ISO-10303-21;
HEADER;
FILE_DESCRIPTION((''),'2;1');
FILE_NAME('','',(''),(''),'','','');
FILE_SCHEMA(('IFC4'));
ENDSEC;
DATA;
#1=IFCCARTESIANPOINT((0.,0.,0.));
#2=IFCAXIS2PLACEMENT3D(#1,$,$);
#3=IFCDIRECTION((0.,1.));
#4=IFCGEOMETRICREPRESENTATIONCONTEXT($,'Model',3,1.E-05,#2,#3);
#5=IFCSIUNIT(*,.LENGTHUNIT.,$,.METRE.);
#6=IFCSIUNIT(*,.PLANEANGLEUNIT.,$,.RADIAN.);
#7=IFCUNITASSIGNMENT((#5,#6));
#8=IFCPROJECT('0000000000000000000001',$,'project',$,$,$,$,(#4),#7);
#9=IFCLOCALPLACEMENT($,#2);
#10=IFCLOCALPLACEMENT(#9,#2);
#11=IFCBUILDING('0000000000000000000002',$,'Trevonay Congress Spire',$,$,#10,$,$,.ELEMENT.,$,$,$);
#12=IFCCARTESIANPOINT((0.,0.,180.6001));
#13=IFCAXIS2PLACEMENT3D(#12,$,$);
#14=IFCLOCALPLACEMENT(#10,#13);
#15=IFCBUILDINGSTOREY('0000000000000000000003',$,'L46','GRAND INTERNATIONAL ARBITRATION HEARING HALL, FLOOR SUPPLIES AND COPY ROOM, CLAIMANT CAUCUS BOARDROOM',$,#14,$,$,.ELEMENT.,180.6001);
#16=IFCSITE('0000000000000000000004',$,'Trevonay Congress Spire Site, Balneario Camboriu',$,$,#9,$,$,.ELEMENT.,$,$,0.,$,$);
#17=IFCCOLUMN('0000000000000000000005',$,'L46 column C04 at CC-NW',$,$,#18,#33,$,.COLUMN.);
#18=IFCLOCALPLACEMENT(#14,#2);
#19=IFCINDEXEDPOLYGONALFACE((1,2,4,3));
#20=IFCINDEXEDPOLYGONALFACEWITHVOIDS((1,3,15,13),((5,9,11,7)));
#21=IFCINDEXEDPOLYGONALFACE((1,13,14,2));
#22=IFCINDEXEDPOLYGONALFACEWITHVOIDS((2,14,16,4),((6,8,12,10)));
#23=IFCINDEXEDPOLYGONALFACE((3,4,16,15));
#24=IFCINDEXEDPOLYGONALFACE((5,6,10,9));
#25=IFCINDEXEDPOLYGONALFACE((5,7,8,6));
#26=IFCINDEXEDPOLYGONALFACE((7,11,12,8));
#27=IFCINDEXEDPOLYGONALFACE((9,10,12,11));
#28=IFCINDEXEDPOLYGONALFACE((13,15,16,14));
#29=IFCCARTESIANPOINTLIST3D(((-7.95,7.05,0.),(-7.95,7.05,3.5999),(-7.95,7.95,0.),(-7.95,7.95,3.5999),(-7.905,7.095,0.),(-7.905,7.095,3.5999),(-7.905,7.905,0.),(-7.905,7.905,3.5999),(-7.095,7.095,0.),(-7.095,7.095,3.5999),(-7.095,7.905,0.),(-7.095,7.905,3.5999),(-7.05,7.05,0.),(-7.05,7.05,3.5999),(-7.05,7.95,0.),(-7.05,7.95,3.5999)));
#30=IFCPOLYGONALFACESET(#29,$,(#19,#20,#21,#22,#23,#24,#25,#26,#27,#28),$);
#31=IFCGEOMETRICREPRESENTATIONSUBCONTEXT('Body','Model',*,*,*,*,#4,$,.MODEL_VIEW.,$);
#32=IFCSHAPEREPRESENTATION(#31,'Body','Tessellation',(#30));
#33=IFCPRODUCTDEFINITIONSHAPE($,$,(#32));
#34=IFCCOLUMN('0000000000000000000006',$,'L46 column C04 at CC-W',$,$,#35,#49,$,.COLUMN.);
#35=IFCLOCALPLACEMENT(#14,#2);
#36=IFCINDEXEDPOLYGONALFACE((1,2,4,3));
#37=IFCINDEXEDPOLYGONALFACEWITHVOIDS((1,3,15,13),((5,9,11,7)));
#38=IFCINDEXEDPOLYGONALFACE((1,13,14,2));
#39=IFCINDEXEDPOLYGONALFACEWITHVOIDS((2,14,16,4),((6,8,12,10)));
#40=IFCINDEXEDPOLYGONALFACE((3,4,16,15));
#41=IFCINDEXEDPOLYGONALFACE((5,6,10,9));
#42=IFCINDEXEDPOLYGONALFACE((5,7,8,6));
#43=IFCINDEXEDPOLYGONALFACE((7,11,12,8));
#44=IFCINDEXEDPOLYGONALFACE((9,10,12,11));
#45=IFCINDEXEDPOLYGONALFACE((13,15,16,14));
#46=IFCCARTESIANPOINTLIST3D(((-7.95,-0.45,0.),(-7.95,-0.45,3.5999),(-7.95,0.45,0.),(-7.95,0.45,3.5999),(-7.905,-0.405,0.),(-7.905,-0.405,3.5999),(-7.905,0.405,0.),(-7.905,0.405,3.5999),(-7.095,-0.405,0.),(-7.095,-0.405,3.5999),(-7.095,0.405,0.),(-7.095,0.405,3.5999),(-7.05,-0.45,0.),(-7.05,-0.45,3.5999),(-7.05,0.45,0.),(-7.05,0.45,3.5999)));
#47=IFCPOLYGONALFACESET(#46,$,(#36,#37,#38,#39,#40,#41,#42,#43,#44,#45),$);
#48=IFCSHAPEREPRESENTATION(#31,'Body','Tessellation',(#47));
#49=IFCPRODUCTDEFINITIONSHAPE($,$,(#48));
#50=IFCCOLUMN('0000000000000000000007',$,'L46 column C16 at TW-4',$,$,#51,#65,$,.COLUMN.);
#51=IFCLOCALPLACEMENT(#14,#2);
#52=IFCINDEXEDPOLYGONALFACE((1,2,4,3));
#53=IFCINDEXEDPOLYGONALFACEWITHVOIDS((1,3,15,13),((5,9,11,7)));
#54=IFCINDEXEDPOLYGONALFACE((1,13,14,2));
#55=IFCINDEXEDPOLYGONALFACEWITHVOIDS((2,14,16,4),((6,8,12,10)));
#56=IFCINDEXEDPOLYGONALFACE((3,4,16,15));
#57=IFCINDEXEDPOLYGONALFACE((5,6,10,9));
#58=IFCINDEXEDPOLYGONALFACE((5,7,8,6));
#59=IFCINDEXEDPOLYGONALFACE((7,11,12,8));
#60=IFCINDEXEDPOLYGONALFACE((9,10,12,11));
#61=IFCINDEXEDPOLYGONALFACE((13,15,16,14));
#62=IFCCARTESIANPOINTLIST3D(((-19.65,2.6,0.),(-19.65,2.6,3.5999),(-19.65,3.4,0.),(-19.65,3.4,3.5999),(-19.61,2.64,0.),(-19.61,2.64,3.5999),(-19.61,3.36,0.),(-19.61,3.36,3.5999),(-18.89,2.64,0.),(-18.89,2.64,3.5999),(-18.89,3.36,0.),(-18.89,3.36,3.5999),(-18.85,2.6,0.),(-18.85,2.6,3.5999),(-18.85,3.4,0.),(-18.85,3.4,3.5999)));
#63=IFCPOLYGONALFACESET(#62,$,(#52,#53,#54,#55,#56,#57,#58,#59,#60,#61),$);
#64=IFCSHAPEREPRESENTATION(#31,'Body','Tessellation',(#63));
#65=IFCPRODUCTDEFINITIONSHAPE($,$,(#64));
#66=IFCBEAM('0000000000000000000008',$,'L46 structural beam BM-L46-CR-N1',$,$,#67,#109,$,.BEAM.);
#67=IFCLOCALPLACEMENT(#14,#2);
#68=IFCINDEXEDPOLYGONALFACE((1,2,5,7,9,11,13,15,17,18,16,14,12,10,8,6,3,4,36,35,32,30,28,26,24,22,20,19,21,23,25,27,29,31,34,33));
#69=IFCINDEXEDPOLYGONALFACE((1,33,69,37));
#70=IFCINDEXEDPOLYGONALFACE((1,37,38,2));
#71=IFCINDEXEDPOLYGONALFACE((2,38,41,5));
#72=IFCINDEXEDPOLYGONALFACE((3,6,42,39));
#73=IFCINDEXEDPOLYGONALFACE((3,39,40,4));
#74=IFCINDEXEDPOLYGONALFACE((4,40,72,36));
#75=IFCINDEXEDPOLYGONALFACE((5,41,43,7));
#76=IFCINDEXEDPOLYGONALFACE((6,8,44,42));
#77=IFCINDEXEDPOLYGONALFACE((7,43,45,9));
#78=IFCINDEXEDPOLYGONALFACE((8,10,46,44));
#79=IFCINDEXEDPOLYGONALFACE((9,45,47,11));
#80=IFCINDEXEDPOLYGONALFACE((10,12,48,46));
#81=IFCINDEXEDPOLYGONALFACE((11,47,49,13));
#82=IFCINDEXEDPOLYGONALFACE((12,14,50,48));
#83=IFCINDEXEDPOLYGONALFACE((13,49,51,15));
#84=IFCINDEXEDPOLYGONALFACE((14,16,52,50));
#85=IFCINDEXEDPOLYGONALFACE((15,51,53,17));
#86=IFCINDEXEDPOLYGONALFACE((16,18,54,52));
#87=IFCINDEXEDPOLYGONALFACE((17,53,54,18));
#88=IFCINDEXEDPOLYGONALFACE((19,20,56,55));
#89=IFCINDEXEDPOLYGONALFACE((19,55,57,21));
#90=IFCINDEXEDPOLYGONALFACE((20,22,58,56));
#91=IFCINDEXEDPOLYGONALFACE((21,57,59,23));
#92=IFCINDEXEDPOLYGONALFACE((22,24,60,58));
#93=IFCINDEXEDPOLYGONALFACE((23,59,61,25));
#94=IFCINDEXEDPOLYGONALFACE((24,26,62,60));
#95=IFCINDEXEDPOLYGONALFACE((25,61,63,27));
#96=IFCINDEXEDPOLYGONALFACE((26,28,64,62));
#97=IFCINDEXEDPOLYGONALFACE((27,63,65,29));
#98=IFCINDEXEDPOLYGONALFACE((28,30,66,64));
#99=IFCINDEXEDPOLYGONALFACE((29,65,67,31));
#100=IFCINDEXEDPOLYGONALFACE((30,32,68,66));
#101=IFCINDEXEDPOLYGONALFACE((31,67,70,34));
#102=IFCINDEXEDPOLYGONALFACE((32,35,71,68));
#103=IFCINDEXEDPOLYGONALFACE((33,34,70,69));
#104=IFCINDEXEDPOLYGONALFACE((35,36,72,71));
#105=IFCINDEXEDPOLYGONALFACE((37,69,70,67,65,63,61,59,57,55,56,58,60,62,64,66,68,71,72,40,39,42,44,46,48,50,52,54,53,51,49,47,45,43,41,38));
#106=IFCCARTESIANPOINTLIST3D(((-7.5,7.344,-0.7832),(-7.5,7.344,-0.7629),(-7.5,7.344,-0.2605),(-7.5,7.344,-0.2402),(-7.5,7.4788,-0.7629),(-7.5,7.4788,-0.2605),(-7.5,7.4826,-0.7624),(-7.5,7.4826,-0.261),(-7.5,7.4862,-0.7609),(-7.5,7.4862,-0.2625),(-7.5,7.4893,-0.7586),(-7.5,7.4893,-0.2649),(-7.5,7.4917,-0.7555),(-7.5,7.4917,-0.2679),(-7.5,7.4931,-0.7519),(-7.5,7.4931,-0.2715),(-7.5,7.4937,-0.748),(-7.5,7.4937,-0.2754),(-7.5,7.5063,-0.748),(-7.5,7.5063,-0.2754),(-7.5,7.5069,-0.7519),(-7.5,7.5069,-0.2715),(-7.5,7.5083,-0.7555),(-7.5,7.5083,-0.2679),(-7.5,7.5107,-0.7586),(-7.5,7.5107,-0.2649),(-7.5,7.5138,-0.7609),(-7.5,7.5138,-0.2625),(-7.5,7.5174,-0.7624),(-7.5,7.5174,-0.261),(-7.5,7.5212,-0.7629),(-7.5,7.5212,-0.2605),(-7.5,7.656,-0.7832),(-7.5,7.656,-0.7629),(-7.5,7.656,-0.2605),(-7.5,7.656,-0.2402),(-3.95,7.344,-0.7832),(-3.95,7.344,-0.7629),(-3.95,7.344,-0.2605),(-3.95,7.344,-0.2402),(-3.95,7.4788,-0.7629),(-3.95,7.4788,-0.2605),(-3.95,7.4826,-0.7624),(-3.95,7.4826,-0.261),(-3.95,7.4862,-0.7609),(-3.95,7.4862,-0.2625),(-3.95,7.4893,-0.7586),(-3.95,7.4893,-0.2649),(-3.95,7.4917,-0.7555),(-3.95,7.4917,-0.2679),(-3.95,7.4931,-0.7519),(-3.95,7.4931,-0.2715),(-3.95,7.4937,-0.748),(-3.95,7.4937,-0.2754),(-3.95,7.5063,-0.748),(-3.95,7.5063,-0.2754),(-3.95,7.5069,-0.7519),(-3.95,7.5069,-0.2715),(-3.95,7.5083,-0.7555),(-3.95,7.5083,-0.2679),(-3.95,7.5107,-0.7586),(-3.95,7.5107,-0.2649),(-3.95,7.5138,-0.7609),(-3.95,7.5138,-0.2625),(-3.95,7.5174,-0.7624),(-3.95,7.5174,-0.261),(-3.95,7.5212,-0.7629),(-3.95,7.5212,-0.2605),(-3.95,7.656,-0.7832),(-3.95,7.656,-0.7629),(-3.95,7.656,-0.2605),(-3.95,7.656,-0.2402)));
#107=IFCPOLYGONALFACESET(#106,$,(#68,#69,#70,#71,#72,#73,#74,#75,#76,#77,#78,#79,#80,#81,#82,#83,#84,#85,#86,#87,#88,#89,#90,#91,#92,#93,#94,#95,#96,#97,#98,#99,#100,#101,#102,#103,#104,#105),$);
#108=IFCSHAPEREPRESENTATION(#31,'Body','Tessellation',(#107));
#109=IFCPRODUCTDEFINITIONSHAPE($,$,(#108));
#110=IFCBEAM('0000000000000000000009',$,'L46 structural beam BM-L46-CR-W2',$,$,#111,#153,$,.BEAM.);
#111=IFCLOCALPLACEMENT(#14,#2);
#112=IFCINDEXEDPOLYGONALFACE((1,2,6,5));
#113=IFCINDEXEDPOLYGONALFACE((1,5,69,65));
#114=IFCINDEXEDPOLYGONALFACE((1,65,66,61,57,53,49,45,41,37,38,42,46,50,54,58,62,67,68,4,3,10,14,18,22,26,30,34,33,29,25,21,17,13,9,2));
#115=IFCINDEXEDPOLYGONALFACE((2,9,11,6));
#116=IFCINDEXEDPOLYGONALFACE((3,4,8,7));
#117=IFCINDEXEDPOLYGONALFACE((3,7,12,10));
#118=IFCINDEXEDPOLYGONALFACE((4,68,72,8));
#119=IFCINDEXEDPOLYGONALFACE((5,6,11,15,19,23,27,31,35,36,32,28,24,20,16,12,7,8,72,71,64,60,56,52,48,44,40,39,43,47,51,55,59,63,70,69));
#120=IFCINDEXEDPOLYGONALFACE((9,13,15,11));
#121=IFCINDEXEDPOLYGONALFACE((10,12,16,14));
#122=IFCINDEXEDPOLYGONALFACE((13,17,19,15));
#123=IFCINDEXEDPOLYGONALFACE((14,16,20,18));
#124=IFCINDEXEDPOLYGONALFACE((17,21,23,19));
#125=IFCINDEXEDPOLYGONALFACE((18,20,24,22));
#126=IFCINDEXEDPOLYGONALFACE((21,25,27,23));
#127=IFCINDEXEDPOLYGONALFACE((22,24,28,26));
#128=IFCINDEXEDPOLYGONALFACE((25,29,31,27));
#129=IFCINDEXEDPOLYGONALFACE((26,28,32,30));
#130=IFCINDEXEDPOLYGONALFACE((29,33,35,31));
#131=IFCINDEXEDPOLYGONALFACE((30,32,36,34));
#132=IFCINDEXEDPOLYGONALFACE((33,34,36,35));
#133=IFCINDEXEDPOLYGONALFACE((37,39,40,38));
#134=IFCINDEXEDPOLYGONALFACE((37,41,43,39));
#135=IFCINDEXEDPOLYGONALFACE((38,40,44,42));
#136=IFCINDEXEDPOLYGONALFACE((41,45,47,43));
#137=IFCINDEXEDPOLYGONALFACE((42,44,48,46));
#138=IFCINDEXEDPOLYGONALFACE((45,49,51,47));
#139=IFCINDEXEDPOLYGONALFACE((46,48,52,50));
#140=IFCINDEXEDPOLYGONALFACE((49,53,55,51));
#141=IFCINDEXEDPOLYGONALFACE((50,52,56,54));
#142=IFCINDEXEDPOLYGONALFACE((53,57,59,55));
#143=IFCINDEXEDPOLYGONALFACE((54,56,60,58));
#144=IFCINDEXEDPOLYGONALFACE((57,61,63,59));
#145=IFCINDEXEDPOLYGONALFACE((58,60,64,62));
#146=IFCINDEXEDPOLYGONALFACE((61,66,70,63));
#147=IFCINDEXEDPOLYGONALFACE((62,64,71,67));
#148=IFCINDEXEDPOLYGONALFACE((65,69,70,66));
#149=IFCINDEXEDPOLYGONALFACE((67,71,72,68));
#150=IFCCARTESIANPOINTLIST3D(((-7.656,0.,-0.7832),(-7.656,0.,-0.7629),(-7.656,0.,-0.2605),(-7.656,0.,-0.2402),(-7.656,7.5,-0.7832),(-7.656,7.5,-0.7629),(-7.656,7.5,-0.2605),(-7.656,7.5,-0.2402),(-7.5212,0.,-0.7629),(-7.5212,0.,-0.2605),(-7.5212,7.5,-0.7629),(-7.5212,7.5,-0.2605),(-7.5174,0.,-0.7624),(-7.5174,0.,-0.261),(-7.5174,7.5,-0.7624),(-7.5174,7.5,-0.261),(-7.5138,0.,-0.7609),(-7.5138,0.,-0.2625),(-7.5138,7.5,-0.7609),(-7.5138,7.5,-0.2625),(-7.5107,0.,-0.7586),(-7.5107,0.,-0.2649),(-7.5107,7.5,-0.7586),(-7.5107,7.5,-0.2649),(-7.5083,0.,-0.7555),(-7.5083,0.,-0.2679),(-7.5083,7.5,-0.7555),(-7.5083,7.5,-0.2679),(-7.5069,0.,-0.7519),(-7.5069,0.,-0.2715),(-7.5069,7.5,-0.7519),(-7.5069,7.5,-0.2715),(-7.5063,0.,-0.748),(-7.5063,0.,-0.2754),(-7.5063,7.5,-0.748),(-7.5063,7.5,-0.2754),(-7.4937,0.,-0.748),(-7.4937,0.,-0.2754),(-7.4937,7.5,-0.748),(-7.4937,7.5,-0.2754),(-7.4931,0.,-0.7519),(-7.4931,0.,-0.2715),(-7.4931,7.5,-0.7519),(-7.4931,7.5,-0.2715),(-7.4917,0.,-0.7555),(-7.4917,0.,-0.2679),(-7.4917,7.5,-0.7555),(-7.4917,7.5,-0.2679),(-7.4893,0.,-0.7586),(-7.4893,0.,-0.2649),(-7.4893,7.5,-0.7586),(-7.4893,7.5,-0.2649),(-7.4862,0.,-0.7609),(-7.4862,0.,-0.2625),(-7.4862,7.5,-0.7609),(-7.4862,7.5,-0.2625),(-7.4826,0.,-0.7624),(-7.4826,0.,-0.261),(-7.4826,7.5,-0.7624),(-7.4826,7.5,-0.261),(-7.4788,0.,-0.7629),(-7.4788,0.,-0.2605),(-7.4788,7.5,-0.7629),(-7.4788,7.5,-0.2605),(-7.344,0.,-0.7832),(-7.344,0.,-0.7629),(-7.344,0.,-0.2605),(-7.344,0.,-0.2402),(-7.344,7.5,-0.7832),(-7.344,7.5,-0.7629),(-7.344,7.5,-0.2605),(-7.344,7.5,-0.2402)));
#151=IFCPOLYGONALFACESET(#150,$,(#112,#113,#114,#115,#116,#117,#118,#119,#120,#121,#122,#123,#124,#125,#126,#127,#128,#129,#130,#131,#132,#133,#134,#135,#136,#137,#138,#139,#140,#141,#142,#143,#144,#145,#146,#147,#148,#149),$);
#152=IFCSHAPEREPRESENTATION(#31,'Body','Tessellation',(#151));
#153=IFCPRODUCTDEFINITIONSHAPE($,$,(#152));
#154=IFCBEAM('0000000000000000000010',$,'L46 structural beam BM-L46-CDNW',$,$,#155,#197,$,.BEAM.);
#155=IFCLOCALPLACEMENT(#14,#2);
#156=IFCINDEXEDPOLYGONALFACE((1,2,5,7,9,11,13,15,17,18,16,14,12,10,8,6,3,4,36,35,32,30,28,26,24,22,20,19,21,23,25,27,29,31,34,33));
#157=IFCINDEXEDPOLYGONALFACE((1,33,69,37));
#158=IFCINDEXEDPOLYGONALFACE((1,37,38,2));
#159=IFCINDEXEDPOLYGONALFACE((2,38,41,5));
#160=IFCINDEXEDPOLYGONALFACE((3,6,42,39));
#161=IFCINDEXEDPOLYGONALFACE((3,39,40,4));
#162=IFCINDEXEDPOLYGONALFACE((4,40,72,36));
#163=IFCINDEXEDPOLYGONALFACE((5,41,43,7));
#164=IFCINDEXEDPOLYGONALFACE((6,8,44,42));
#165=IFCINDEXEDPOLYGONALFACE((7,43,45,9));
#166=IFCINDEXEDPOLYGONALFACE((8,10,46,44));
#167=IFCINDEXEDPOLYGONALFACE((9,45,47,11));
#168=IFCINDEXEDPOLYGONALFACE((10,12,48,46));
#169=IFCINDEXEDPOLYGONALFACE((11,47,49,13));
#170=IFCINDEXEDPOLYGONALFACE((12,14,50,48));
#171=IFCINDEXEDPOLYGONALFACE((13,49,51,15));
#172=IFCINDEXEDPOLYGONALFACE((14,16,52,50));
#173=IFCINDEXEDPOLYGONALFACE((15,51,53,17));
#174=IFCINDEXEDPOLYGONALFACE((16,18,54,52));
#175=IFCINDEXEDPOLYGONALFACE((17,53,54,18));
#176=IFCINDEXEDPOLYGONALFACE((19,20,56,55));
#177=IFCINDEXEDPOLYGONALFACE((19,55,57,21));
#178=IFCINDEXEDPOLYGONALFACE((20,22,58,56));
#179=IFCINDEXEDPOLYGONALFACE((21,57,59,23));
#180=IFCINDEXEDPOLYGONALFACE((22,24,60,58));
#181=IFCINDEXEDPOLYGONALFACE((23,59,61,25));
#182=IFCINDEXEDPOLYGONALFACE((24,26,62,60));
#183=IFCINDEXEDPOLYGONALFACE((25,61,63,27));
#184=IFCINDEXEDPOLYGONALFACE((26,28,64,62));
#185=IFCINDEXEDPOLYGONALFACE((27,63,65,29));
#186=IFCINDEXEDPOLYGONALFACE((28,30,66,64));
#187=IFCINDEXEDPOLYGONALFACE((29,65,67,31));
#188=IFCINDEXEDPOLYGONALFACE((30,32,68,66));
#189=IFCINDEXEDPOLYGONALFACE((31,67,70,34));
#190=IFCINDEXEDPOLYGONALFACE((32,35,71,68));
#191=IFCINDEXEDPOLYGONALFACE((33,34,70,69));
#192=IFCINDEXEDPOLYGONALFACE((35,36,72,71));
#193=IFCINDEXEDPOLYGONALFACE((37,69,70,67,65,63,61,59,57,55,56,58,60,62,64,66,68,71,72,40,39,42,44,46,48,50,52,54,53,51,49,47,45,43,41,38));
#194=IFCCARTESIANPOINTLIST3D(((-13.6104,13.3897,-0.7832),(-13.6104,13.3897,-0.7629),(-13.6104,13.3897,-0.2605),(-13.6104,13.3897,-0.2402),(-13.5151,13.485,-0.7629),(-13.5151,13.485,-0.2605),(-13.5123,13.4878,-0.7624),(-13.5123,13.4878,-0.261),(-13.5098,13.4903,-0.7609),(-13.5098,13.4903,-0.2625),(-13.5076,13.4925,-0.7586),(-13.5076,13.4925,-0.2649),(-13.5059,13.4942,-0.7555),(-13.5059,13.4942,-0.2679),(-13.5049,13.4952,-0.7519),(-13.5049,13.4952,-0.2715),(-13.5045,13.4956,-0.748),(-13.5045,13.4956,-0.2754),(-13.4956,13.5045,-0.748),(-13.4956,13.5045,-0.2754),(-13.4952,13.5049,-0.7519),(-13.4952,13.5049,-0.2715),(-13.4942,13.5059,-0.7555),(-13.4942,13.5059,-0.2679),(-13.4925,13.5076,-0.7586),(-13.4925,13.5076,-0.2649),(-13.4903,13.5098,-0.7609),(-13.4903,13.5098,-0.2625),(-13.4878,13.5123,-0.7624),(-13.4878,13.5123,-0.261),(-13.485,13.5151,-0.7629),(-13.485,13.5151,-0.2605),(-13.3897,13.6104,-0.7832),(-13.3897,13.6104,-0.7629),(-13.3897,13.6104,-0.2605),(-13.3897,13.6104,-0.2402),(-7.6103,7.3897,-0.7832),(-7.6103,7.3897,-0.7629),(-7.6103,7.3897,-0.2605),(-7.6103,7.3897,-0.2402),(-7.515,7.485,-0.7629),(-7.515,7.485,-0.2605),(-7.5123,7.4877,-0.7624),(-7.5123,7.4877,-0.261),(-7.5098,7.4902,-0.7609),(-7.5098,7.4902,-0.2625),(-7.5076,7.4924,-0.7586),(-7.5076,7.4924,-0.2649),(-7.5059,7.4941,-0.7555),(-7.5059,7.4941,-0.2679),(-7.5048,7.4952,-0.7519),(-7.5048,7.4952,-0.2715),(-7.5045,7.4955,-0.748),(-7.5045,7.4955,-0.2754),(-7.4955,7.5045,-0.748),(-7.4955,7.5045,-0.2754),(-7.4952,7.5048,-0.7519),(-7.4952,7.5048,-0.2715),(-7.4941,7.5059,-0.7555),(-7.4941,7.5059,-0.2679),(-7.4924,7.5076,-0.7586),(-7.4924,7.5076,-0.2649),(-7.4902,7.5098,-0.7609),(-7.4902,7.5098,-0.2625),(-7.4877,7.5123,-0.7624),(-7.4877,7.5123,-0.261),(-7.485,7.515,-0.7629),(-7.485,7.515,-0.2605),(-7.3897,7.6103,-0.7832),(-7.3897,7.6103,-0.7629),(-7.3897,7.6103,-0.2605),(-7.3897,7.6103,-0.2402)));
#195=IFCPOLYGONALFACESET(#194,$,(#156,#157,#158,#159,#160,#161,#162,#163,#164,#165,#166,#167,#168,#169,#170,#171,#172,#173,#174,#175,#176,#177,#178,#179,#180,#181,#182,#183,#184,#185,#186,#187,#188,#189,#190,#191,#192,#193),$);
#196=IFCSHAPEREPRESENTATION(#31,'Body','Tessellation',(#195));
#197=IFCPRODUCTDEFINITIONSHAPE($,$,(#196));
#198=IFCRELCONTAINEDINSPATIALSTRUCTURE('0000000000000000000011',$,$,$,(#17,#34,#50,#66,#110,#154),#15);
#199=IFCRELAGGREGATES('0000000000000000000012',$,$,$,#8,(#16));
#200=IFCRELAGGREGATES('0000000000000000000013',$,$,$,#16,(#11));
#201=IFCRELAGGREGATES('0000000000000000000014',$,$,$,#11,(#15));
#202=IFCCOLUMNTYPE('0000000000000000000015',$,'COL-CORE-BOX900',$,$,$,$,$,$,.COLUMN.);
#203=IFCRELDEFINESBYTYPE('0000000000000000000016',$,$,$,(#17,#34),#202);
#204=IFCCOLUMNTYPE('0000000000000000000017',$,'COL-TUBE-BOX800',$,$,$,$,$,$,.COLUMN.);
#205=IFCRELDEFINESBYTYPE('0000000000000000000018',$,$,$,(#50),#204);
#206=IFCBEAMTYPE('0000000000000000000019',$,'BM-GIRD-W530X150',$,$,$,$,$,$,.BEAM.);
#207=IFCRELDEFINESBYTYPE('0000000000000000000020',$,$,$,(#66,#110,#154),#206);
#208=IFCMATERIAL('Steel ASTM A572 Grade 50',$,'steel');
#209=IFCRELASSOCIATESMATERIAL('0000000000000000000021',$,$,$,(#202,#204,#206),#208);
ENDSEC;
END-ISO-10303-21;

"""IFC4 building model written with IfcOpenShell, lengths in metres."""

from ifc_helpers import new_model, si_unit, direction, frame, origin, origin_2d, place, context, subcontext, project, spatial, hollow_rectangle, i_section, extrude, material, material_profile, profile_set, type_object, element, save


model = new_model("IFC4")

# Units and contexts
model_context = context("Model", 3, precision=1e-05, world=origin(), true_north=direction((0.0, 1.0)))
body_context = subcontext(model_context, "Body", "Model", "MODEL_VIEW")
ifc_project = project(units=[si_unit("LENGTHUNIT", "METRE"), si_unit("PLANEANGLEUNIT", "RADIAN")], contexts=[model_context])

# Site, building, storey
site_placement = place(None, origin())
site = spatial("IfcSite", under=ifc_project, at=site_placement, Name="Trevonay Congress Spire Site, Balneario Camboriu", CompositionType="ELEMENT", RefElevation=0.0)
building_placement = place(site_placement, origin())
building = spatial("IfcBuilding", under=site, at=building_placement, Name="Trevonay Congress Spire", CompositionType="ELEMENT")
storey_placement = place(building_placement, frame((0.0, 0.0, 180.6001)))
storey = spatial("IfcBuildingStorey", under=building, at=storey_placement, Name="L46", Description="GRAND INTERNATIONAL ARBITRATION HEARING HALL, FLOOR SUPPLIES AND COPY ROOM, CLAIMANT CAUCUS BOARDROOM", CompositionType="ELEMENT", Elevation=180.6001)

# Columns
ifc_material_1 = material(Name="Steel ASTM A572 Grade 50", Category="steel")
ifc_material_profile_1 = material_profile(ifc_material_1, hollow_rectangle(XDim=0.8999, YDim=0.8999, WallThickness=0.0449, at=origin_2d()), Name="BOX 900x900x45")
ifc_profile_set_1 = profile_set([ifc_material_profile_1], Name="Steel ASTM A572 Grade 50")
column_type_1 = type_object("IfcColumnType", Name="COL-CORE-BOX900", PredefinedType="COLUMN", material=ifc_profile_set_1)
for number, where, z_axis, x_axis, name in (
    (1, (-7.5, 7.5, 0.0), (0.0, 0.0, 1.0), (1.0, 0.0, 0.0), "L46 column C04 at CC-NW"),
    (2, (-7.5, 0.0, 0.0), (0.0, 0.0, 1.0), (1.0, 0.0, 0.0), "L46 column C04 at CC-W"),
):
    element("IfcColumn", number, at=place(storey_placement, frame(where, z_axis=z_axis, x_axis=x_axis)), inside=storey, type_object=column_type_1, Name=name, PredefinedType="COLUMN", context=body_context, shape_type="SweptSolid", body=[
        extrude(hollow_rectangle(XDim=0.8999, YDim=0.8999, WallThickness=0.0449, at=origin_2d()), origin(), (0.0, 0.0, 1.0), 3.5999),
    ])
ifc_material_profile_2 = material_profile(ifc_material_1, hollow_rectangle(XDim=0.8, YDim=0.8, WallThickness=0.04, at=origin_2d()), Name="BOX 800x800x40")
ifc_profile_set_2 = profile_set([ifc_material_profile_2], Name="Steel ASTM A572 Grade 50")
column_type_2 = type_object("IfcColumnType", Name="COL-TUBE-BOX800", PredefinedType="COLUMN", material=ifc_profile_set_2)
column_placement = place(storey_placement, frame((-19.25, 3.0, 0.0), z_axis=(0.0, 0.0, 1.0), x_axis=(1.0, 0.0, 0.0)))
element("IfcColumn", 3, at=column_placement, inside=storey, type_object=column_type_2, Name="L46 column C16 at TW-4", PredefinedType="COLUMN", context=body_context, shape_type="SweptSolid", body=[
    extrude(hollow_rectangle(XDim=0.8, YDim=0.8, WallThickness=0.04, at=origin_2d()), origin(), (0.0, 0.0, 1.0), 3.5999),
])

# Beams
ifc_material_profile_3 = material_profile(ifc_material_1, i_section(OverallWidth=0.312, OverallDepth=0.543, WebThickness=0.0127, FlangeThickness=0.0203, FilletRadius=0.0149, at=origin_2d()), Name="W530x150")
ifc_profile_set_3 = profile_set([ifc_material_profile_3], Name="Steel ASTM A572 Grade 50")
beam_type_1 = type_object("IfcBeamType", Name="BM-GIRD-W530X150", PredefinedType="BEAM", material=ifc_profile_set_3)
beam_1_placement = place(storey_placement, frame((-7.5, 7.5, -0.5117), z_axis=(1.0, 0.0, 0.0), x_axis=(0.0, 1.0, 0.0)))
element("IfcBeam", 4, at=beam_1_placement, inside=storey, type_object=beam_type_1, Name="L46 structural beam BM-L46-CR-N1", PredefinedType="BEAM", context=body_context, shape_type="SweptSolid", body=[
    extrude(i_section(OverallWidth=0.312, OverallDepth=0.543, WebThickness=0.0127, FlangeThickness=0.0203, FilletRadius=0.0149, at=origin_2d()), origin(), (0.0, 0.0, 1.0), 3.55),
])
beam_2_placement = place(storey_placement, frame((-7.5, 0.0, -0.5117), z_axis=(0.0, 1.0, 0.0), x_axis=(-1.0, 0.0, 0.0)))
element("IfcBeam", 5, at=beam_2_placement, inside=storey, type_object=beam_type_1, Name="L46 structural beam BM-L46-CR-W2", PredefinedType="BEAM", context=body_context, shape_type="SweptSolid", body=[
    extrude(i_section(OverallWidth=0.312, OverallDepth=0.543, WebThickness=0.0127, FlangeThickness=0.0203, FilletRadius=0.0149, at=origin_2d()), origin(), (0.0, 0.0, 1.0), 7.5),
])
beam_3_placement = place(storey_placement, frame((-7.5, 7.5, -0.5117), z_axis=(-0.707107, 0.707107, 0.0), x_axis=(-0.707107, -0.707107, 0.0)))
element("IfcBeam", 6, at=beam_3_placement, inside=storey, type_object=beam_type_1, Name="L46 structural beam BM-L46-CDNW", PredefinedType="BEAM", context=body_context, shape_type="SweptSolid", body=[
    extrude(i_section(OverallWidth=0.312, OverallDepth=0.543, WebThickness=0.0127, FlangeThickness=0.0203, FilletRadius=0.0149, at=origin_2d()), origin(), (0.0, 0.0, 1.0), 8.4854),
])

save(model, "model.ifc")
